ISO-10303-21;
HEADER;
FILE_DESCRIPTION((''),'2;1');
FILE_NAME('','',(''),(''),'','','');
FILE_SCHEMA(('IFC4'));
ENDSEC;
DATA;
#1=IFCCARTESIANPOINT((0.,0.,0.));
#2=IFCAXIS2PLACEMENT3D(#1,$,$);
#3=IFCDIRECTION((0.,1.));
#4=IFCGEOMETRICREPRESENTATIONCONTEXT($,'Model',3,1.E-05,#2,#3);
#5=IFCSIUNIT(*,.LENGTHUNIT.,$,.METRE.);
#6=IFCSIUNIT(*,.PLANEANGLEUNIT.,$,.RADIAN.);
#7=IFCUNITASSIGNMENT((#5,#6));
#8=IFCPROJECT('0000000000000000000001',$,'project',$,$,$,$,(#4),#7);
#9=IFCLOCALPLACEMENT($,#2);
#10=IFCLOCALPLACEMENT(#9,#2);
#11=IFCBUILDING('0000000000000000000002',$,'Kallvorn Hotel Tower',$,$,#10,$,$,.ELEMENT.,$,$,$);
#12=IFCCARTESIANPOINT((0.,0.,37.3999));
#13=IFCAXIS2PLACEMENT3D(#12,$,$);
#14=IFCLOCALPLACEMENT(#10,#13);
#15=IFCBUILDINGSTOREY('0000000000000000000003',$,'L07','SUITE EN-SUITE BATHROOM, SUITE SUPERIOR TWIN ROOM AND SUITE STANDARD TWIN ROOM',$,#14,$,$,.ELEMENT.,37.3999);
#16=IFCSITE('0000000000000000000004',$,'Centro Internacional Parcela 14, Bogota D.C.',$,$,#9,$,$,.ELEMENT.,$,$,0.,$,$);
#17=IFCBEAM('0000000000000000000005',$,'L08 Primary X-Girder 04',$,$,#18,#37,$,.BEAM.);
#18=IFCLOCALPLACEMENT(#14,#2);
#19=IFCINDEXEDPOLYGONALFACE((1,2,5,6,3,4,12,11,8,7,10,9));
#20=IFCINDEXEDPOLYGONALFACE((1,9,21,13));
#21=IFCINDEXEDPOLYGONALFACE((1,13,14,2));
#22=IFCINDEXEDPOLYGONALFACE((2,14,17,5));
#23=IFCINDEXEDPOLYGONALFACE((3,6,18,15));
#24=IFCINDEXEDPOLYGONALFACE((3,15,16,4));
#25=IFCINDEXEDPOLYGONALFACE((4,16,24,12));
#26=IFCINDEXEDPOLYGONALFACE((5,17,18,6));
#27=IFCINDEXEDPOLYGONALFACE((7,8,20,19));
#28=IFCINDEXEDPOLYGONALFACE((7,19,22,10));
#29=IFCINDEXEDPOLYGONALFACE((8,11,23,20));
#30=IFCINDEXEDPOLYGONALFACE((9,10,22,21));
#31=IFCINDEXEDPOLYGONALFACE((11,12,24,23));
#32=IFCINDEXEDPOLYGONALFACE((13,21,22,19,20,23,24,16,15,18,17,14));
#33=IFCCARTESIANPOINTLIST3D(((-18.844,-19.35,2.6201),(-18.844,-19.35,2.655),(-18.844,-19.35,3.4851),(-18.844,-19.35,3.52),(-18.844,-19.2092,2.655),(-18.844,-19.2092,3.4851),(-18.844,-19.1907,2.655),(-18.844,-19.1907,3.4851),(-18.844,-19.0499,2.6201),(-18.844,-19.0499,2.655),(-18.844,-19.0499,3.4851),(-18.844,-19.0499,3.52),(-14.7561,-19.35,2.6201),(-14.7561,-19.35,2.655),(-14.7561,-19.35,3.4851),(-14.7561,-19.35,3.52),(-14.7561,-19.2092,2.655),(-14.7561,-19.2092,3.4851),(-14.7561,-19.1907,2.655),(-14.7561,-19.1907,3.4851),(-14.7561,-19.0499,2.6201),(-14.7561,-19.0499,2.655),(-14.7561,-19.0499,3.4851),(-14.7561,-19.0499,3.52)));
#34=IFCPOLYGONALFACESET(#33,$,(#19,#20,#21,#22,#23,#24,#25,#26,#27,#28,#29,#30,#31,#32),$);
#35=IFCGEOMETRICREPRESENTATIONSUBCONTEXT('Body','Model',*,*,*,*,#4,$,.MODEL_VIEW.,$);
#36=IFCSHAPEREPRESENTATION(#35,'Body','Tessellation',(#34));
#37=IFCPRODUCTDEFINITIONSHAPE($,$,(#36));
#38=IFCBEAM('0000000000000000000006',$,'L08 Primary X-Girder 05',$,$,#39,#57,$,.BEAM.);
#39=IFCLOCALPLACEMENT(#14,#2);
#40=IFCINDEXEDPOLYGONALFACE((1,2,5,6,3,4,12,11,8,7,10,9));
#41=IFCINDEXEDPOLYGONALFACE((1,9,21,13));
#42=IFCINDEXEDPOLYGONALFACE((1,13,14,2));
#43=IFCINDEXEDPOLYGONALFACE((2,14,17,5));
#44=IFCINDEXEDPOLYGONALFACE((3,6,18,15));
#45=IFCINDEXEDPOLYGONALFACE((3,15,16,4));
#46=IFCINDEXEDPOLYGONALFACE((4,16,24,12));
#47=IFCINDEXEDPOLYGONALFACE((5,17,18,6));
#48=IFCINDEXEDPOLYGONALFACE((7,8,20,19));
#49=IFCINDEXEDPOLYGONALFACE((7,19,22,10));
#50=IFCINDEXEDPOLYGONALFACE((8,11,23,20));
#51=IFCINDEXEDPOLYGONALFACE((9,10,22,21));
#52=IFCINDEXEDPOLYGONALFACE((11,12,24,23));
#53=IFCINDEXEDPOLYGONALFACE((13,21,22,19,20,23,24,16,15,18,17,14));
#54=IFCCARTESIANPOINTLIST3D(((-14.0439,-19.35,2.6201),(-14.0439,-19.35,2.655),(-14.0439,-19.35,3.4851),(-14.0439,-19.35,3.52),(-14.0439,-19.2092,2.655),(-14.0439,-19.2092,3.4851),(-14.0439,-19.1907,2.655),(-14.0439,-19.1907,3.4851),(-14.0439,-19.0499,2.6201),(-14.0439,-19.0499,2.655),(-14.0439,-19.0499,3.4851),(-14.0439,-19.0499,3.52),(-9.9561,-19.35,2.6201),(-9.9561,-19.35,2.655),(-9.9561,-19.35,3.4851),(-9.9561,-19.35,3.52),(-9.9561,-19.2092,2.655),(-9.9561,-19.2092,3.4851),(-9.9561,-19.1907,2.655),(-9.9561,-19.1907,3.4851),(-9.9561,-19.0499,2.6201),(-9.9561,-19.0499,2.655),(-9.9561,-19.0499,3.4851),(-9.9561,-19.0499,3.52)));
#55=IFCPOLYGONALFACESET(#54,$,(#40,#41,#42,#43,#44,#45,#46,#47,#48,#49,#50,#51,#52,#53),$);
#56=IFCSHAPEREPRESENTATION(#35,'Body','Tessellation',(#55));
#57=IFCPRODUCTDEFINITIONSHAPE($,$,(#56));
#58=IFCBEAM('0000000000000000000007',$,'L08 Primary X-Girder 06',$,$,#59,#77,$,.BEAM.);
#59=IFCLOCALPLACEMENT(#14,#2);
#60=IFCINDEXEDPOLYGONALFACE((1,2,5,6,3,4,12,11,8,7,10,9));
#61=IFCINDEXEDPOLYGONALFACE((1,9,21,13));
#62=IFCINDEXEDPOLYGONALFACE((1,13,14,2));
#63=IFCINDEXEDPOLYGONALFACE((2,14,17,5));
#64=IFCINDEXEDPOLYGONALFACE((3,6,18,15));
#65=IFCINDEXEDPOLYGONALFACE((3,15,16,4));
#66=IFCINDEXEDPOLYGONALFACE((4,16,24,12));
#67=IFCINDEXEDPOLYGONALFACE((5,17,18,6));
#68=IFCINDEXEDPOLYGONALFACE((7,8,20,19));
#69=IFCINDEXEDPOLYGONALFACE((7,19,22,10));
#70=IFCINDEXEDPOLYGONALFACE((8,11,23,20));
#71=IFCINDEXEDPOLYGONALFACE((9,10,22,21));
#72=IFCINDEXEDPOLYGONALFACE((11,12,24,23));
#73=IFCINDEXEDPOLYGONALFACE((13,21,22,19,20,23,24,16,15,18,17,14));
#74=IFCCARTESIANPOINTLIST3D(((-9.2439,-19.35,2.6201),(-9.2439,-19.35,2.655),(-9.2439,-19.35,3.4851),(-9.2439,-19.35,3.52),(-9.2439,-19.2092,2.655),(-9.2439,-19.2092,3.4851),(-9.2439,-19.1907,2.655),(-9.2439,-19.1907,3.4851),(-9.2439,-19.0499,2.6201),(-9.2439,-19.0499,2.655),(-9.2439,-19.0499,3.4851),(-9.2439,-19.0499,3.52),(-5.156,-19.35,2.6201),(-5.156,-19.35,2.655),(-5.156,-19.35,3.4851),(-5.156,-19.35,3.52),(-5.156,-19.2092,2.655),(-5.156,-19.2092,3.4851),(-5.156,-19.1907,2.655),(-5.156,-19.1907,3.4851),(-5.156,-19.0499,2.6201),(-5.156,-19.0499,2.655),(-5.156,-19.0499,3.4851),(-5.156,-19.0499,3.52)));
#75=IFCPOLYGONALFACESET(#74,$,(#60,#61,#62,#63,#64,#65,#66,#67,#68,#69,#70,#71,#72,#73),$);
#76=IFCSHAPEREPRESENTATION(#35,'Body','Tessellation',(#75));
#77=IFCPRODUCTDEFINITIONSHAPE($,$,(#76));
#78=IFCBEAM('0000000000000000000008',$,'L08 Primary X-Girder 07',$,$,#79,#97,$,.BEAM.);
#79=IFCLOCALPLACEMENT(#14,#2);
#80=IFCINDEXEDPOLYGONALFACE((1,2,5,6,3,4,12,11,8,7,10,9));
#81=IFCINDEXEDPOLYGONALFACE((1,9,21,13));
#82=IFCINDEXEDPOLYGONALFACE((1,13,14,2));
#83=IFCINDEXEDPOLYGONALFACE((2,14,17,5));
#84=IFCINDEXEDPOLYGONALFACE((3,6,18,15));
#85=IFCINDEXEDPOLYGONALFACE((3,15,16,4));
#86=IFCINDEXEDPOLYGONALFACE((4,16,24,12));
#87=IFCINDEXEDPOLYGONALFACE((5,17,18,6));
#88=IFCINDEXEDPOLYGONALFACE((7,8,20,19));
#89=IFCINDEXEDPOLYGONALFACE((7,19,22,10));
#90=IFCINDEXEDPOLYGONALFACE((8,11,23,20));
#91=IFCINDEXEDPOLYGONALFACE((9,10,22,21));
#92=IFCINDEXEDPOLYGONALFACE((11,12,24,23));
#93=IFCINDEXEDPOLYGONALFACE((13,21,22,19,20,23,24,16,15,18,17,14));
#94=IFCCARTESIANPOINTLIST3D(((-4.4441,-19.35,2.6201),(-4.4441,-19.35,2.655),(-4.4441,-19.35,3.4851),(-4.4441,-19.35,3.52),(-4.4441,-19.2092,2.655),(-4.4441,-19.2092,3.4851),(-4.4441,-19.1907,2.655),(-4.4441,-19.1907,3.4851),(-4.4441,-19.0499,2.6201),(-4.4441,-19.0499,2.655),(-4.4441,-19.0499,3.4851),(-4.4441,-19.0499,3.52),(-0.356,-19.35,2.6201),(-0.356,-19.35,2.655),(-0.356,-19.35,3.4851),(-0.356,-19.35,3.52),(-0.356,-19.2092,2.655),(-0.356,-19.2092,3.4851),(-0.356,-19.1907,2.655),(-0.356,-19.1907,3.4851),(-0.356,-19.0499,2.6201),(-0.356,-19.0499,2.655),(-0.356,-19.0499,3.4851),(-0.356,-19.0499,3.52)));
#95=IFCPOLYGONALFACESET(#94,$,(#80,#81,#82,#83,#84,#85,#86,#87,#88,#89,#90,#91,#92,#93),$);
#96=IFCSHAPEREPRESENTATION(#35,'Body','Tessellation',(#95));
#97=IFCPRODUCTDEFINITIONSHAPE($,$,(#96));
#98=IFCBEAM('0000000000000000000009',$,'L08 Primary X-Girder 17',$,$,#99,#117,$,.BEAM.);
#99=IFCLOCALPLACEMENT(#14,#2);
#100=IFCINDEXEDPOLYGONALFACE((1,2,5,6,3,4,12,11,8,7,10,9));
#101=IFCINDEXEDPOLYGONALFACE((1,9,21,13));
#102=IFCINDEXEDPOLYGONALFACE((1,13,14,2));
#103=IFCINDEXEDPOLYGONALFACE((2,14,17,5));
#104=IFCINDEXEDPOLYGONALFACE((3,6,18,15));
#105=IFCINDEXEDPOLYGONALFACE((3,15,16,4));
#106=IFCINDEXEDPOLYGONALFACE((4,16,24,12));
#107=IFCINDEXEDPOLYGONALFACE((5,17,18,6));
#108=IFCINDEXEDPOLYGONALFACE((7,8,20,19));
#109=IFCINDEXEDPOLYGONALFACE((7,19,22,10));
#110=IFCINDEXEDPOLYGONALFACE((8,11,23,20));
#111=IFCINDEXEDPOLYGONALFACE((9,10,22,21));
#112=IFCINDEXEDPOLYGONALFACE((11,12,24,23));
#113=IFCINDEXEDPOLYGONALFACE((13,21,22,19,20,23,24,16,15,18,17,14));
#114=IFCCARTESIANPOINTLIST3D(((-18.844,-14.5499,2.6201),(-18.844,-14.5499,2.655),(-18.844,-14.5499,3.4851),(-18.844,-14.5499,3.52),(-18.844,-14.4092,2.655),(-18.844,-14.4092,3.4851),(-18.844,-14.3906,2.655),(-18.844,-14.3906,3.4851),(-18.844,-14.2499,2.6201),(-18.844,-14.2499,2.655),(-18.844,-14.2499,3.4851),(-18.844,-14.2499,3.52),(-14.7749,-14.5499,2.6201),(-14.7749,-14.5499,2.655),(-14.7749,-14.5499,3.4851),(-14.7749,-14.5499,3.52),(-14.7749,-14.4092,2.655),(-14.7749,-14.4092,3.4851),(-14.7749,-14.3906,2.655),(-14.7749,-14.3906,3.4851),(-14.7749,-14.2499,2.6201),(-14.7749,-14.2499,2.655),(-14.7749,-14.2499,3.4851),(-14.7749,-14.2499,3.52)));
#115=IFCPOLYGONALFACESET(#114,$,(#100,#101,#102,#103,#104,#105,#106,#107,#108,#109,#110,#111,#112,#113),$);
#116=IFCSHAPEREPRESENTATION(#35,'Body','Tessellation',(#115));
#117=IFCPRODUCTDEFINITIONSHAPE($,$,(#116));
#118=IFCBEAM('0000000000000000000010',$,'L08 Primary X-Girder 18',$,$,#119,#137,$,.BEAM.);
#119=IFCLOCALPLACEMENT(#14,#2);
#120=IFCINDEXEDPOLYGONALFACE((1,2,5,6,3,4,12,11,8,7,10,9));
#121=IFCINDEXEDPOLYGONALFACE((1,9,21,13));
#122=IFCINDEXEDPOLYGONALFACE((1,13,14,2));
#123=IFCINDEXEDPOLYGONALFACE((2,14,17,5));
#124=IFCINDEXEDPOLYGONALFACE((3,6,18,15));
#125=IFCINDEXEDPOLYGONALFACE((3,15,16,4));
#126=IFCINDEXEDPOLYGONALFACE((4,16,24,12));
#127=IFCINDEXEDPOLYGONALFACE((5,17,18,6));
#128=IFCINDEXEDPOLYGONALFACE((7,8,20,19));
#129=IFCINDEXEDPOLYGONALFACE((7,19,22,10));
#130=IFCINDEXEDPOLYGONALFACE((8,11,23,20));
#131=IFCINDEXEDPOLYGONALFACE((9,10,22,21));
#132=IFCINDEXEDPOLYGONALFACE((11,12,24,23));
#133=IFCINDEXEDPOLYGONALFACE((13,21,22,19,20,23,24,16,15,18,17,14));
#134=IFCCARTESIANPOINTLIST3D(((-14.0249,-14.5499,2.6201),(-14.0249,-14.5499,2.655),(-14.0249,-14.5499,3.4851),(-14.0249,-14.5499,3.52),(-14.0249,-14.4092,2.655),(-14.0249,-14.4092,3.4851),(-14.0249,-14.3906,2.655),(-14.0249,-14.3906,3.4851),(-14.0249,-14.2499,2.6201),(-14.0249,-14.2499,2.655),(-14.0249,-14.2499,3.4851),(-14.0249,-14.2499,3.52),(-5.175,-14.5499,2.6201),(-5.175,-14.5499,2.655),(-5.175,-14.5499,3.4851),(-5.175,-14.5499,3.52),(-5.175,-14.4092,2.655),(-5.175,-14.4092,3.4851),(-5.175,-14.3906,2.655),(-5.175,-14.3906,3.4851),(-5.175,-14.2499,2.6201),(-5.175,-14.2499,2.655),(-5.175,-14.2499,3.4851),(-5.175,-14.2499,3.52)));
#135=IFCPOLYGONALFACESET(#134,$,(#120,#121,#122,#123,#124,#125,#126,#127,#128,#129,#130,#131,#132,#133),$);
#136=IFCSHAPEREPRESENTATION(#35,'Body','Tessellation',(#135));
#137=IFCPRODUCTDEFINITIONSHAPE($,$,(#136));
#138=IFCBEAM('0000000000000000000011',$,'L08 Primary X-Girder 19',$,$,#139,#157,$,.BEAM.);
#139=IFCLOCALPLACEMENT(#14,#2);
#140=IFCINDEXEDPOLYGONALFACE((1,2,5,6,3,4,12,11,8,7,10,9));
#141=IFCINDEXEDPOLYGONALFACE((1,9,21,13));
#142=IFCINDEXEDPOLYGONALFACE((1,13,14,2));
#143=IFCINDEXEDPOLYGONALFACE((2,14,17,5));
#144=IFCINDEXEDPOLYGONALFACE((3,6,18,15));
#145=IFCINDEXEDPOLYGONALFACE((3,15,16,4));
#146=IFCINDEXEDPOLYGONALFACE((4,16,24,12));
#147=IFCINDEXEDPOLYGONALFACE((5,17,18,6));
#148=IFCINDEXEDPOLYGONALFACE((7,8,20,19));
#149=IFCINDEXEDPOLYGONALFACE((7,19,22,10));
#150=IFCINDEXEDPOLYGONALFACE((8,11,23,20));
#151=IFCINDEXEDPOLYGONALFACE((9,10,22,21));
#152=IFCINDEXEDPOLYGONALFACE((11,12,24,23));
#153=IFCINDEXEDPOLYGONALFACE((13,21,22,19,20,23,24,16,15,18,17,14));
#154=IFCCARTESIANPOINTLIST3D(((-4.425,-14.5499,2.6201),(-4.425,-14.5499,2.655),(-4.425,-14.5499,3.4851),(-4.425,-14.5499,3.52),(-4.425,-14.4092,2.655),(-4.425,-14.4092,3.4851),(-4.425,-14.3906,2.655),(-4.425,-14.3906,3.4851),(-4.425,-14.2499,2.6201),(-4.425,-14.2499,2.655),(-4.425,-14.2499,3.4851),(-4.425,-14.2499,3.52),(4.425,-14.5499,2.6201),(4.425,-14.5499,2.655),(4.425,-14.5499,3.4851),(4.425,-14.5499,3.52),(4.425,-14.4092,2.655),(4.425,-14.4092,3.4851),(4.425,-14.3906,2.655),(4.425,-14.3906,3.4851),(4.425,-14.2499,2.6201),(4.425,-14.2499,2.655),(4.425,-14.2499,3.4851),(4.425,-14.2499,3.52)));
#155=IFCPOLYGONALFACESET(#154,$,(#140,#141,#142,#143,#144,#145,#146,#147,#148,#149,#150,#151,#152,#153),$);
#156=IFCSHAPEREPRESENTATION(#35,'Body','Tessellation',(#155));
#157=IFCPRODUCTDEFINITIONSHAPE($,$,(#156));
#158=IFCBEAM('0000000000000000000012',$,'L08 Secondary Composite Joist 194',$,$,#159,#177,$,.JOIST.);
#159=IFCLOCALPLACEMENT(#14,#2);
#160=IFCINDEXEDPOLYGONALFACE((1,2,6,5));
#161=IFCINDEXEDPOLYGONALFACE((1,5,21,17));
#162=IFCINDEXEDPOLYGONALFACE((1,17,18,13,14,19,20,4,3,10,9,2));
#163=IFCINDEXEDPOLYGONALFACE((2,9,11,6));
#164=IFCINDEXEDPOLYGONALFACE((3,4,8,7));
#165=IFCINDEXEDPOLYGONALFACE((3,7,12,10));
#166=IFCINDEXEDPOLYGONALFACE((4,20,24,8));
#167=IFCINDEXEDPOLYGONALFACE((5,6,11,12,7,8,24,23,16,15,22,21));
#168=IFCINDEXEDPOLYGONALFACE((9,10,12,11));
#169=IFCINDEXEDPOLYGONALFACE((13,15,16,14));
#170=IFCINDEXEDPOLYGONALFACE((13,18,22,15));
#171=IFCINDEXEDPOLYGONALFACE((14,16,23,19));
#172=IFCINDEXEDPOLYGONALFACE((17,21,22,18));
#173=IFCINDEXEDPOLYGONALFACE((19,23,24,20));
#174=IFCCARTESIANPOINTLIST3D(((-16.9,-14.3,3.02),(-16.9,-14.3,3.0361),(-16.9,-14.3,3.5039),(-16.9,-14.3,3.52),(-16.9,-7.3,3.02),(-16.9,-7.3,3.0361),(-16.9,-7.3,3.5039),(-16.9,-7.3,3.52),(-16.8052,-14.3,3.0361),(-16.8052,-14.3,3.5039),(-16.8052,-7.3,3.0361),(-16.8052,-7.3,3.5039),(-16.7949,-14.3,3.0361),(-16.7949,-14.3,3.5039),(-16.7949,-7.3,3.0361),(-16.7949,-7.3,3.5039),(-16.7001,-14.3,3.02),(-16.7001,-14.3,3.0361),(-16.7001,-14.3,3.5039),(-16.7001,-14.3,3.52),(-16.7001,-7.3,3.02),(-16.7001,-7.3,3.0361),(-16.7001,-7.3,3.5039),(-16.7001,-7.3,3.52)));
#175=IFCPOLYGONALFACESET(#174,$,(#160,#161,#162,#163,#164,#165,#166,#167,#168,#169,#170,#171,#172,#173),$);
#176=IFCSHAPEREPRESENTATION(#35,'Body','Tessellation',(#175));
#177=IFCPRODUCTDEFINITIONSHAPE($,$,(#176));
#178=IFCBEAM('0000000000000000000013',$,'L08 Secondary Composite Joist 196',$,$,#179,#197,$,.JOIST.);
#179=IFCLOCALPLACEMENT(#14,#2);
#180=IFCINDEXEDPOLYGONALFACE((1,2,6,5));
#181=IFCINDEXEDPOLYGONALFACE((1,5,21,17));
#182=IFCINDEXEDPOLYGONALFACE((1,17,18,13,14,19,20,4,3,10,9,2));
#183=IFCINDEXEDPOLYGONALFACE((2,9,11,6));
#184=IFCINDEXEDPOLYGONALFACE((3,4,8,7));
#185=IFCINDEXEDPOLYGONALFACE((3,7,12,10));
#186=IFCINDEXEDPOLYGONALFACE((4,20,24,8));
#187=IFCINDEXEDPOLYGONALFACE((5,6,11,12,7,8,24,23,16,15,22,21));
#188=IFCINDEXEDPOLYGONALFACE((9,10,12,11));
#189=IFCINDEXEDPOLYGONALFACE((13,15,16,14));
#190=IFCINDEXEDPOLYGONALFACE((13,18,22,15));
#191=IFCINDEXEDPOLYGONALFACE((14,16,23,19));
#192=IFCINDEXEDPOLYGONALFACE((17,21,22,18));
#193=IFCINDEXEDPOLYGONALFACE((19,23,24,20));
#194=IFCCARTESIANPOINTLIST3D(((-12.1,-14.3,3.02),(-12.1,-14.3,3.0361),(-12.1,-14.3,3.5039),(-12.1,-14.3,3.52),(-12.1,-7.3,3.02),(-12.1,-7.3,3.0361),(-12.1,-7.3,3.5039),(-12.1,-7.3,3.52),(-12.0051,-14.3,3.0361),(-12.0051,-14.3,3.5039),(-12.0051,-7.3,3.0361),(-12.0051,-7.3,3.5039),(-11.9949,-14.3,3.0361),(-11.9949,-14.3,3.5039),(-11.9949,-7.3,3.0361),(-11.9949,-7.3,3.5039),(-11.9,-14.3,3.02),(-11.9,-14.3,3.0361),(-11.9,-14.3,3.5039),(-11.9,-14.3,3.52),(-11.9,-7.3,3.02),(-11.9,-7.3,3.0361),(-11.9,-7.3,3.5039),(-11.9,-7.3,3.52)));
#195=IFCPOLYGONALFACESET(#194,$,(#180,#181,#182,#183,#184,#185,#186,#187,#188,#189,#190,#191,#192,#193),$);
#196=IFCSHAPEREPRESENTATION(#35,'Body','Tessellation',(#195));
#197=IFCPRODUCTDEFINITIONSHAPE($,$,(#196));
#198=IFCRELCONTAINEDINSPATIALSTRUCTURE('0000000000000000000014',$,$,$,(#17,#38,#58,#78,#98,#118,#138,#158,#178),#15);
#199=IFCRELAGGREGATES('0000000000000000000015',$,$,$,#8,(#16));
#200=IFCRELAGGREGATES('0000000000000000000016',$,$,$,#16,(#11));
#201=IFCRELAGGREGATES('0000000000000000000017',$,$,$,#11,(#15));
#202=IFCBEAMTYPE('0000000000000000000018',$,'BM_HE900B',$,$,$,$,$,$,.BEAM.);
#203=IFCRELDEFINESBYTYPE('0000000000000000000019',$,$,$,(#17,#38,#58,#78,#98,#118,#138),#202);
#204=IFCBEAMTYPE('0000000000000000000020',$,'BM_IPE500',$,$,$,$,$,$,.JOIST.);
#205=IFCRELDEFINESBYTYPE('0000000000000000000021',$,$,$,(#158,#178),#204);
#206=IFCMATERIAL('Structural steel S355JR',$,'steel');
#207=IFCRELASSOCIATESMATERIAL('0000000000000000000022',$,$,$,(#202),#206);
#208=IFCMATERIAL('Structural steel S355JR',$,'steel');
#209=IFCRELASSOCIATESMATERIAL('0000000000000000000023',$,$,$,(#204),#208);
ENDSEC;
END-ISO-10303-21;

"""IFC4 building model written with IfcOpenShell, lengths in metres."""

from ifc_helpers import new_model, si_unit, direction, frame, origin, origin_2d, place, context, subcontext, project, spatial, i_section, extrude, material, material_profile, profile_set, type_object, element, save


model = new_model("IFC4")

# Units and contexts
model_context = context("Model", 3, precision=1e-05, world=origin(), true_north=direction((0.0, 1.0)))
body_context = subcontext(model_context, "Body", "Model", "MODEL_VIEW")
ifc_project = project(units=[si_unit("LENGTHUNIT", "METRE"), si_unit("PLANEANGLEUNIT", "RADIAN")], contexts=[model_context])

# Site, building, storey
site_placement = place(None, origin())
site = spatial("IfcSite", under=ifc_project, at=site_placement, Name="Centro Internacional Parcela 14, Bogota D.C.", CompositionType="ELEMENT", RefElevation=0.0)
building_placement = place(site_placement, origin())
building = spatial("IfcBuilding", under=site, at=building_placement, Name="Kallvorn Hotel Tower", CompositionType="ELEMENT")
storey_placement = place(building_placement, frame((0.0, 0.0, 37.3999)))
storey = spatial("IfcBuildingStorey", under=building, at=storey_placement, Name="L07", Description="SUITE EN-SUITE BATHROOM, SUITE SUPERIOR TWIN ROOM AND SUITE STANDARD TWIN ROOM", CompositionType="ELEMENT", Elevation=37.3999)

# Beams
ifc_material_1 = material(Name="Structural steel S355JR", Category="steel")
ifc_material_profile_1 = material_profile(ifc_material_1, i_section(OverallWidth=0.3, OverallDepth=0.8999, WebThickness=0.0186, FlangeThickness=0.0349, at=origin_2d()), Name="HE 900 B")
ifc_profile_set_1 = profile_set([ifc_material_profile_1], Name="Structural steel S355JR")
beam_type_1 = type_object("IfcBeamType", Name="BM_HE900B", PredefinedType="BEAM", material=ifc_profile_set_1)
for number, where, z_axis, x_axis, name in (
    (1, (-18.844, -19.2, 3.0701), (1.0, 0.0, 0.0), (0.0, 1.0, 0.0), "L08 Primary X-Girder 04"),
    (2, (-14.0439, -19.2, 3.0701), (1.0, 0.0, 0.0), (0.0, 1.0, 0.0), "L08 Primary X-Girder 05"),
    (3, (-9.2439, -19.2, 3.0701), (1.0, 0.0, 0.0), (0.0, 1.0, 0.0), "L08 Primary X-Girder 06"),
):
    element("IfcBeam", number, at=place(storey_placement, frame(where, z_axis=z_axis, x_axis=x_axis)), inside=storey, type_object=beam_type_1, Name=name, PredefinedType="BEAM", context=body_context, shape_type="SweptSolid", body=[
        extrude(i_section(OverallWidth=0.3, OverallDepth=0.8999, WebThickness=0.0186, FlangeThickness=0.0349, at=origin_2d()), origin(), (0.0, 0.0, 1.0), 4.0879),
    ])
beam_1_placement = place(storey_placement, frame((-4.4441, -19.2, 3.0701), z_axis=(1.0, 0.0, 0.0), x_axis=(0.0, 1.0, 0.0)))
element("IfcBeam", 4, at=beam_1_placement, inside=storey, type_object=beam_type_1, Name="L08 Primary X-Girder 07", PredefinedType="BEAM", context=body_context, shape_type="SweptSolid", body=[
    extrude(i_section(OverallWidth=0.3, OverallDepth=0.8999, WebThickness=0.0186, FlangeThickness=0.0349, at=origin_2d()), origin(), (0.0, 0.0, 1.0), 4.0881),
])
beam_2_placement = place(storey_placement, frame((-18.844, -14.3999, 3.0701), z_axis=(1.0, 0.0, 0.0), x_axis=(0.0, 1.0, 0.0)))
element("IfcBeam", 5, at=beam_2_placement, inside=storey, type_object=beam_type_1, Name="L08 Primary X-Girder 17", PredefinedType="BEAM", context=body_context, shape_type="SweptSolid", body=[
    extrude(i_section(OverallWidth=0.3, OverallDepth=0.8999, WebThickness=0.0186, FlangeThickness=0.0349, at=origin_2d()), origin(), (0.0, 0.0, 1.0), 4.0691),
])
beam_3_placement = place(storey_placement, frame((-14.0249, -14.3999, 3.0701), z_axis=(1.0, 0.0, 0.0), x_axis=(0.0, 1.0, 0.0)))
element("IfcBeam", 6, at=beam_3_placement, inside=storey, type_object=beam_type_1, Name="L08 Primary X-Girder 18", PredefinedType="BEAM", context=body_context, shape_type="SweptSolid", body=[
    extrude(i_section(OverallWidth=0.3, OverallDepth=0.8999, WebThickness=0.0186, FlangeThickness=0.0349, at=origin_2d()), origin(), (0.0, 0.0, 1.0), 8.8499),
])
beam_4_placement = place(storey_placement, frame((-4.425, -14.3999, 3.0701), z_axis=(1.0, 0.0, 0.0), x_axis=(0.0, 1.0, 0.0)))
element("IfcBeam", 7, at=beam_4_placement, inside=storey, type_object=beam_type_1, Name="L08 Primary X-Girder 19", PredefinedType="BEAM", context=body_context, shape_type="SweptSolid", body=[
    extrude(i_section(OverallWidth=0.3, OverallDepth=0.8999, WebThickness=0.0186, FlangeThickness=0.0349, at=origin_2d()), origin(), (0.0, 0.0, 1.0), 8.8501),
])
ifc_material_2 = material(Name="Structural steel S355JR", Category="steel")
ifc_material_profile_2 = material_profile(ifc_material_2, i_section(OverallWidth=0.2, OverallDepth=0.5, WebThickness=0.0103, FlangeThickness=0.0161, at=origin_2d()), Name="IPE 500")
ifc_profile_set_2 = profile_set([ifc_material_profile_2], Name="Structural steel S355JR")
beam_type_2 = type_object("IfcBeamType", Name="BM_IPE500", PredefinedType="JOIST", material=ifc_profile_set_2)
for number, where, z_axis, x_axis, name in (
    (8, (-16.8, -14.3, 3.27), (0.0, 1.0, 0.0), (-1.0, 0.0, 0.0), "L08 Secondary Composite Joist 194"),
    (9, (-12.0, -14.3, 3.27), (0.0, 1.0, 0.0), (-1.0, 0.0, 0.0), "L08 Secondary Composite Joist 196"),
):
    element("IfcBeam", number, at=place(storey_placement, frame(where, z_axis=z_axis, x_axis=x_axis)), inside=storey, type_object=beam_type_2, Name=name, PredefinedType="JOIST", context=body_context, shape_type="SweptSolid", body=[
        extrude(i_section(OverallWidth=0.2, OverallDepth=0.5, WebThickness=0.0103, FlangeThickness=0.0161, at=origin_2d()), origin(), (0.0, 0.0, 1.0), 7.0),
    ])

save(model, "model.ifc")
